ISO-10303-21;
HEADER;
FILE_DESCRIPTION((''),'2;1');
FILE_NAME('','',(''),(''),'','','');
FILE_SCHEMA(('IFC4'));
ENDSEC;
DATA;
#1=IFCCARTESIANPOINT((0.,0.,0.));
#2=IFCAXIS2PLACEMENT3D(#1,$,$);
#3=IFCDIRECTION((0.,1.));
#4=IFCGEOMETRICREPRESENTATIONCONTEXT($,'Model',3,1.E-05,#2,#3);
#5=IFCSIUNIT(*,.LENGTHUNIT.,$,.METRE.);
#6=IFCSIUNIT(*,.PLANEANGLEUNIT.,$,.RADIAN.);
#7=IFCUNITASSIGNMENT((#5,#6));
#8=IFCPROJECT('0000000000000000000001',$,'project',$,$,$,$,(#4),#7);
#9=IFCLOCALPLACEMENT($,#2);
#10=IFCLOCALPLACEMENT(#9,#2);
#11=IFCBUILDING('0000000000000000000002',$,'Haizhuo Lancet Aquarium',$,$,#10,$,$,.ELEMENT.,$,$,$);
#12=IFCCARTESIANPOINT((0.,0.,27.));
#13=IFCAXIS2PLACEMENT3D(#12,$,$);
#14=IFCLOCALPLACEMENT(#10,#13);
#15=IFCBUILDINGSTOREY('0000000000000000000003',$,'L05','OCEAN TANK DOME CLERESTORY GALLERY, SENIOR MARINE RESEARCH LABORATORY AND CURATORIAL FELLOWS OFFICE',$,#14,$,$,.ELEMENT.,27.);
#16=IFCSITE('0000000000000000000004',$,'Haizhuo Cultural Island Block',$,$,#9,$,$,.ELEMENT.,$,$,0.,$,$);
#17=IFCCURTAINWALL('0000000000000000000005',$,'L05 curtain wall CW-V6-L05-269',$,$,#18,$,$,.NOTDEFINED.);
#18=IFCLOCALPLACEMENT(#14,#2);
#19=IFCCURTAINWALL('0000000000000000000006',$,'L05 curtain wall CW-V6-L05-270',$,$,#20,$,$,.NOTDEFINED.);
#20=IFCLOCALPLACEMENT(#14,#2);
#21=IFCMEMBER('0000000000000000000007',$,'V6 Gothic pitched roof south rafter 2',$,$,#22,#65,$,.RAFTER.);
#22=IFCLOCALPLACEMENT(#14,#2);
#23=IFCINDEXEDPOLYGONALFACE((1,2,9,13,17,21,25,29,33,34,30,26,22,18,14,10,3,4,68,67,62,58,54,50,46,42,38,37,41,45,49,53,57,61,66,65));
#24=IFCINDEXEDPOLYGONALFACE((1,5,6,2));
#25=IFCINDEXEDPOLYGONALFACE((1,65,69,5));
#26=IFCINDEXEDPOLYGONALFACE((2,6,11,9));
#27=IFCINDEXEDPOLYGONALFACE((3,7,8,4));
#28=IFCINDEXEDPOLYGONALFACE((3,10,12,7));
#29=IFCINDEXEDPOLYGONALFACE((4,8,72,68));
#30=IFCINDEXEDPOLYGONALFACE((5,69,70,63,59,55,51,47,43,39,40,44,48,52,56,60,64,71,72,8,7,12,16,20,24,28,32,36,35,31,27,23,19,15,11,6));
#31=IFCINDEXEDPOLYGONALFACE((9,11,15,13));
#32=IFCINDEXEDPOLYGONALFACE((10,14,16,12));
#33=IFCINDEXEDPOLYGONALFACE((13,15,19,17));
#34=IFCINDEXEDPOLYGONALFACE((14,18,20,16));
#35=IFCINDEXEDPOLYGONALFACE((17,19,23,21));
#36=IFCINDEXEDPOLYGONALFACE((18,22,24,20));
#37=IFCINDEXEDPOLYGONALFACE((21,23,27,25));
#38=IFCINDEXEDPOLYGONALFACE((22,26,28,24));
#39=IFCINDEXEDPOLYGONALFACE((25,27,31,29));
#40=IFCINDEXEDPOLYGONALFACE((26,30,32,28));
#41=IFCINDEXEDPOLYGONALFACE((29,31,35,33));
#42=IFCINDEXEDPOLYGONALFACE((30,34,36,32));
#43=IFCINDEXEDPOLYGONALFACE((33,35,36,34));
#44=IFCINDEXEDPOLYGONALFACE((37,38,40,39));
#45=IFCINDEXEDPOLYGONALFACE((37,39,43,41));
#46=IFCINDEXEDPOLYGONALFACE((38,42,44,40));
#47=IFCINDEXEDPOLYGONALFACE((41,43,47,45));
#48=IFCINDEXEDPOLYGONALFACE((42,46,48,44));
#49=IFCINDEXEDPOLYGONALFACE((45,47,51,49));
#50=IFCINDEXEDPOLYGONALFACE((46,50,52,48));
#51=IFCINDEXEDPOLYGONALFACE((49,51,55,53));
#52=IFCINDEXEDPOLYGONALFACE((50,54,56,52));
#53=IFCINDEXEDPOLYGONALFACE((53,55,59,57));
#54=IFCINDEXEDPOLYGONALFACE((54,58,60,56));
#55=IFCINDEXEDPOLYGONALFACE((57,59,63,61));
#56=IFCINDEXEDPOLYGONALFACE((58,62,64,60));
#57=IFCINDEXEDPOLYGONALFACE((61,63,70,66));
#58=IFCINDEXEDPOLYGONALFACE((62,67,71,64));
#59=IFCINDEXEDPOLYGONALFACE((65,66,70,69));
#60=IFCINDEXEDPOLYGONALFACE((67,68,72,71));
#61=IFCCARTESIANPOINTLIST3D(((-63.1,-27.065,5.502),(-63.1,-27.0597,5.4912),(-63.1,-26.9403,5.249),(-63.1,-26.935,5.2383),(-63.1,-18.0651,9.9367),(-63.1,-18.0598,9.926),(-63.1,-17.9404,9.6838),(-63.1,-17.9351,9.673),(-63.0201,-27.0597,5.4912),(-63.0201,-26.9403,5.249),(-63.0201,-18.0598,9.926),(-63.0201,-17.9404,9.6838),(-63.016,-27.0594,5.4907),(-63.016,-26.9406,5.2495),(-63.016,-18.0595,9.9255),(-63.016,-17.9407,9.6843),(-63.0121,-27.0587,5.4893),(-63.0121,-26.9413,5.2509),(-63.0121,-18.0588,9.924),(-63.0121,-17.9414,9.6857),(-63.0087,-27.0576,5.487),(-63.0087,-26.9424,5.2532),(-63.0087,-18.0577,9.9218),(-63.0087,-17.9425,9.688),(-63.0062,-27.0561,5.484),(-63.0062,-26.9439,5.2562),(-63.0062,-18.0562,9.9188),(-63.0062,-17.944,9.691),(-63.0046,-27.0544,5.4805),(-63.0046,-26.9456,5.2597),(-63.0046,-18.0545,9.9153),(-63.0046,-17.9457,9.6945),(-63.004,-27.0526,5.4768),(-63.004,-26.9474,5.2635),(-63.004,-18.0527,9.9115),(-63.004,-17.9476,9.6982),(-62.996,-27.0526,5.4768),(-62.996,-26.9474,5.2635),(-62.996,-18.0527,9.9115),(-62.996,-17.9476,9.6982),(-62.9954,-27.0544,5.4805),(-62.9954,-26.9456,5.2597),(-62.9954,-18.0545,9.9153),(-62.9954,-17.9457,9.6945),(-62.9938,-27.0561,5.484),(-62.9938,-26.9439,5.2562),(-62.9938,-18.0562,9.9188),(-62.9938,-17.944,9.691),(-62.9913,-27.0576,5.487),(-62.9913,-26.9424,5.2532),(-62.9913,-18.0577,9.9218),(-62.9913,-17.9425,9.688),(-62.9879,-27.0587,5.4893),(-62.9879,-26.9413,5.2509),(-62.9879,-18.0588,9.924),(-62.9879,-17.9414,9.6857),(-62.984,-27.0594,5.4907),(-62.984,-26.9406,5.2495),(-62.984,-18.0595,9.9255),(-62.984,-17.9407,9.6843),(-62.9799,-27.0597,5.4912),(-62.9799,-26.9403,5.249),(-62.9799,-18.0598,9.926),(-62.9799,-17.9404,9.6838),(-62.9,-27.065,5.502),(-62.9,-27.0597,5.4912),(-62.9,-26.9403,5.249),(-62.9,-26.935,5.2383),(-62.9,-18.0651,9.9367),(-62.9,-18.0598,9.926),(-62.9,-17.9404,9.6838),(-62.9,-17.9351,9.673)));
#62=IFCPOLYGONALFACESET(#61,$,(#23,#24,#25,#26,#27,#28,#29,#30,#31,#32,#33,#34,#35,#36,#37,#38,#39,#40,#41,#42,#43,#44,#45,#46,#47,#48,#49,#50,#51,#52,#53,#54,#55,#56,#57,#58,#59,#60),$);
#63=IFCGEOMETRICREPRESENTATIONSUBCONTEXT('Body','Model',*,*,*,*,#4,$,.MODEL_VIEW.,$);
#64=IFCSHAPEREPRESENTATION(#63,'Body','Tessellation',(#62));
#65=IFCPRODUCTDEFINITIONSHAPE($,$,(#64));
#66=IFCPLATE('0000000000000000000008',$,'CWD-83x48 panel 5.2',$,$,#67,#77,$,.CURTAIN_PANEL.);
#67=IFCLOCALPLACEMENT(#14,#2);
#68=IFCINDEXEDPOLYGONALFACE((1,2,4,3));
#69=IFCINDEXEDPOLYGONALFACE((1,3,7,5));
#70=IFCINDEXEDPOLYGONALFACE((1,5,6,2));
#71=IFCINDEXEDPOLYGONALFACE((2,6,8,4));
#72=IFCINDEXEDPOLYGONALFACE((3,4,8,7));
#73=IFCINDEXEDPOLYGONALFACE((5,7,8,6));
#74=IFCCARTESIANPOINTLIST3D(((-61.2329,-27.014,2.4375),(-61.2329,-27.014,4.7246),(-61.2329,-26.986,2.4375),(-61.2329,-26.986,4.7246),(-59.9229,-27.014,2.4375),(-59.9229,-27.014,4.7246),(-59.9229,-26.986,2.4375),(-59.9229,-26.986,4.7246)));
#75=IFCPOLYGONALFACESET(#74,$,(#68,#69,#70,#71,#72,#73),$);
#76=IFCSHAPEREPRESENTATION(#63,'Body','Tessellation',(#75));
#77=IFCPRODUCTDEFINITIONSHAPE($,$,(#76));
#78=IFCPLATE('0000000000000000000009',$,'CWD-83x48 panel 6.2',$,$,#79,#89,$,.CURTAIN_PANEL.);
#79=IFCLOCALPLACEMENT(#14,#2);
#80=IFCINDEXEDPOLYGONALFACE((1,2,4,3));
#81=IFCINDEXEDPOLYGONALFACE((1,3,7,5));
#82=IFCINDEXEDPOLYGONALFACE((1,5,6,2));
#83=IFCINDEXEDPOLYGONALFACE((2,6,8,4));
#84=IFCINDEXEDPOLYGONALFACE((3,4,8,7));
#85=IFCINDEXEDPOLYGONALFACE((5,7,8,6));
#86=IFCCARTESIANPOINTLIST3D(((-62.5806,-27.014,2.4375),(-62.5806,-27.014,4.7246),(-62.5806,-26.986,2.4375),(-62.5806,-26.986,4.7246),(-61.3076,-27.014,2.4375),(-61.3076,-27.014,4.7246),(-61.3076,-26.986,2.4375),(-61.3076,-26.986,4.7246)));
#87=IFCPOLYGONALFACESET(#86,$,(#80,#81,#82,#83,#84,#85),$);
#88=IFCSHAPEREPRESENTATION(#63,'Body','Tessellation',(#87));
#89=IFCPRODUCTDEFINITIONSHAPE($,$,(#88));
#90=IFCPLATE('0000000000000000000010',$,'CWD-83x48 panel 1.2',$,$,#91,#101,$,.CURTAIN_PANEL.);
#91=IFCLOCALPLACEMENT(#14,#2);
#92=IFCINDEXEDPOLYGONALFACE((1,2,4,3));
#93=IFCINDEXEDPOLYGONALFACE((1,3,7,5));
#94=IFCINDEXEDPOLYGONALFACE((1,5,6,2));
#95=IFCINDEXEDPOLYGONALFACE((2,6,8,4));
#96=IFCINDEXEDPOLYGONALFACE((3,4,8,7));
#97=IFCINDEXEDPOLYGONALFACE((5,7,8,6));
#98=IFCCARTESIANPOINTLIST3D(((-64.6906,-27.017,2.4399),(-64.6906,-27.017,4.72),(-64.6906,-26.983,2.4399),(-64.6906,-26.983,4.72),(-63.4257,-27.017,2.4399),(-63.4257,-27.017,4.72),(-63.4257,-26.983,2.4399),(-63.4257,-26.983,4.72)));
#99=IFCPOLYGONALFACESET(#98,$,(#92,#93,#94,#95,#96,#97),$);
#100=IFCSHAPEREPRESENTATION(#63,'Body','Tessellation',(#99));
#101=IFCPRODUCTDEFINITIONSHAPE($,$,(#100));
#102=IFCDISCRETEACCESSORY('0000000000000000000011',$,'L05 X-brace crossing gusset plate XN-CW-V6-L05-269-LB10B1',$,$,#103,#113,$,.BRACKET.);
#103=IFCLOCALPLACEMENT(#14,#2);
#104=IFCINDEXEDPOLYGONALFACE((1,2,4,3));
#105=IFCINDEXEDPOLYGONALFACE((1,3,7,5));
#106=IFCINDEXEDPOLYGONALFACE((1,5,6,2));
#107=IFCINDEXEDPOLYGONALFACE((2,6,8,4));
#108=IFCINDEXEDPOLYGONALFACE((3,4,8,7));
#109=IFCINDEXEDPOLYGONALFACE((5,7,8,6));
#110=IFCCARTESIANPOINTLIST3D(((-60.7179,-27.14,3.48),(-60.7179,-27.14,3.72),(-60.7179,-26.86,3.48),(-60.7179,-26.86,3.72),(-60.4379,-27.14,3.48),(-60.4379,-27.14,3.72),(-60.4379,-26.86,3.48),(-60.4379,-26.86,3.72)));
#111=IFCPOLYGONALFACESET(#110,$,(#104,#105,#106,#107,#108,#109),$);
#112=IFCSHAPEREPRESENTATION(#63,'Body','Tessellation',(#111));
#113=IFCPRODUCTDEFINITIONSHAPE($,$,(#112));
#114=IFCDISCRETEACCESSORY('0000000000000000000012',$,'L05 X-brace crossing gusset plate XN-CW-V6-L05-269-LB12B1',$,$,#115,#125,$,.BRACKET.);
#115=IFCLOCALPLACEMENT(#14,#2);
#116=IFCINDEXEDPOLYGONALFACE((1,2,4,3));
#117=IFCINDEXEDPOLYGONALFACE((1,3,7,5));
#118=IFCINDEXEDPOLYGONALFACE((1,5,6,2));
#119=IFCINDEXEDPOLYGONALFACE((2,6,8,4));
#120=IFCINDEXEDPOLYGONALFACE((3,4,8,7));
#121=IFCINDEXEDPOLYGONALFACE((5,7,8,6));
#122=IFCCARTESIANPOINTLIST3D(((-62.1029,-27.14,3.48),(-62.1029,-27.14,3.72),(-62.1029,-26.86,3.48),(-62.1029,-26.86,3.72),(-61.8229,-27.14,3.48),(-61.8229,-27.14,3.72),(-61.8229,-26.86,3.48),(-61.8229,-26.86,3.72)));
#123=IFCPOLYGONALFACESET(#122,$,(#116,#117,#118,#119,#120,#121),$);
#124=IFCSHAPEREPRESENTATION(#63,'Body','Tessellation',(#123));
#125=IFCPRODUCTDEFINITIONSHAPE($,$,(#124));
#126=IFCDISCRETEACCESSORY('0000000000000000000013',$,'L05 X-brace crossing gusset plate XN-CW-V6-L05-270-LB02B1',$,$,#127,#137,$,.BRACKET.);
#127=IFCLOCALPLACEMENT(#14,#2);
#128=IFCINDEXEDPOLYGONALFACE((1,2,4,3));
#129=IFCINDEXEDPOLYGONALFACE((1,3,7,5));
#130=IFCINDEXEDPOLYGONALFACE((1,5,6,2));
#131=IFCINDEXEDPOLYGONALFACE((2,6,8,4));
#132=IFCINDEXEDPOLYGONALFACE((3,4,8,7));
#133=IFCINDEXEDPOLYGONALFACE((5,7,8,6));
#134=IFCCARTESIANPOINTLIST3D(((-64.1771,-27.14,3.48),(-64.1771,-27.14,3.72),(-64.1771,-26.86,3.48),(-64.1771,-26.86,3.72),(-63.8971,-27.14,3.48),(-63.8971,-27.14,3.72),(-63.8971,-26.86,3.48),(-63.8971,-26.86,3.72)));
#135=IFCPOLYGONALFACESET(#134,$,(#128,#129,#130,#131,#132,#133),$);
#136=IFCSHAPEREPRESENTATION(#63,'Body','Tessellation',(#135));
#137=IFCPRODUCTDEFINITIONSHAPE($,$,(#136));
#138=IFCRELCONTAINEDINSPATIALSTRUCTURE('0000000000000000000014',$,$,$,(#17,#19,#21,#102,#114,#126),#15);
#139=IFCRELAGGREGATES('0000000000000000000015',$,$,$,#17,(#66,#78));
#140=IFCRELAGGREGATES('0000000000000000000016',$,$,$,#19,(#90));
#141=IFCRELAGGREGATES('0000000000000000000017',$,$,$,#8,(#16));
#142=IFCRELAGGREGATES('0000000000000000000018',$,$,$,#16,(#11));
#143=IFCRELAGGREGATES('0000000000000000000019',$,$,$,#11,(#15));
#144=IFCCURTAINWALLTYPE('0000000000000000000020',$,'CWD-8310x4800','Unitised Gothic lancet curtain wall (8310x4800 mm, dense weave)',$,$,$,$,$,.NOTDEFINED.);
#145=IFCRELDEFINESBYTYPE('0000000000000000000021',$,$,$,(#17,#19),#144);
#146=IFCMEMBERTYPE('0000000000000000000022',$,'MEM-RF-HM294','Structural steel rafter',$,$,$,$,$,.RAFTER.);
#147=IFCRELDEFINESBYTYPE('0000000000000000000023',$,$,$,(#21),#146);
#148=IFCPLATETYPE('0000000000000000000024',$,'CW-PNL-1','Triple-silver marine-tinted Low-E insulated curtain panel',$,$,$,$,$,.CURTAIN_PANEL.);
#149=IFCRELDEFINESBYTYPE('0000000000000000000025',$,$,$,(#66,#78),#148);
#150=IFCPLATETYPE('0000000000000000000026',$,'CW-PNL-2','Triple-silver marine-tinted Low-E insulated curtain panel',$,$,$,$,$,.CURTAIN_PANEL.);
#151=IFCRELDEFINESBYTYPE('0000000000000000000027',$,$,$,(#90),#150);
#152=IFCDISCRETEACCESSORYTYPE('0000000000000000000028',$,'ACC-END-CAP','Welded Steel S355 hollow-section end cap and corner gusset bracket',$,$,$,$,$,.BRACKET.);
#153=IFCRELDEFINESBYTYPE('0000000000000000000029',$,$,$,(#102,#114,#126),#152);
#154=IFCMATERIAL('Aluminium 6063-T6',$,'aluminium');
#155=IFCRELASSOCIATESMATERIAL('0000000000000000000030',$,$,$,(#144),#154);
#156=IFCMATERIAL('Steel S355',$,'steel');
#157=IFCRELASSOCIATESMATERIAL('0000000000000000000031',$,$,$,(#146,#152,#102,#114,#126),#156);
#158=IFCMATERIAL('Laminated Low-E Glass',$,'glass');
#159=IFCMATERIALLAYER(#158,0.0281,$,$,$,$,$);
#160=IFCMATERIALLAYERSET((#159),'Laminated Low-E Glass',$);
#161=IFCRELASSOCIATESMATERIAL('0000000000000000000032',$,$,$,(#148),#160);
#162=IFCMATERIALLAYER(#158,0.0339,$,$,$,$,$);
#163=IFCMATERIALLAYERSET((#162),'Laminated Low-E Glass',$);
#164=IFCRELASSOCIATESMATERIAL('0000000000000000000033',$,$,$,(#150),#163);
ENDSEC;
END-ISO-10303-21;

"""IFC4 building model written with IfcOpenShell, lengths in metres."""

from ifc_helpers import new_model, si_unit, direction, frame, origin, origin_2d, place, context, subcontext, project, spatial, rectangle, i_section, extrude, material, layer, layer_set, material_profile, profile_set, type_object, element, aggregate, save


model = new_model("IFC4")

# Units and contexts
model_context = context("Model", 3, precision=1e-05, world=origin(), true_north=direction((0.0, 1.0)))
body_context = subcontext(model_context, "Body", "Model", "MODEL_VIEW")
ifc_project = project(units=[si_unit("LENGTHUNIT", "METRE"), si_unit("PLANEANGLEUNIT", "RADIAN")], contexts=[model_context])

# Site, building, storey
site_placement = place(None, origin())
site = spatial("IfcSite", under=ifc_project, at=site_placement, Name="Haizhuo Cultural Island Block", CompositionType="ELEMENT", RefElevation=0.0)
building_placement = place(site_placement, origin())
building = spatial("IfcBuilding", under=site, at=building_placement, Name="Haizhuo Lancet Aquarium", CompositionType="ELEMENT")
storey_placement = place(building_placement, frame((0.0, 0.0, 27.0)))
storey = spatial("IfcBuildingStorey", under=building, at=storey_placement, Name="L05", Description="OCEAN TANK DOME CLERESTORY GALLERY, SENIOR MARINE RESEARCH LABORATORY AND CURATORIAL FELLOWS OFFICE", CompositionType="ELEMENT", Elevation=27.0)

# Shared definitions
ifc_material_1 = material(Name="Steel S355", Category="steel")

# Curtain walls
ifc_material_2 = material(Name="Aluminium 6063-T6", Category="aluminium")
curtain_wall_type = type_object("IfcCurtainWallType", Name="CWD-8310x4800", Description="Unitised Gothic lancet curtain wall (8310x4800 mm, dense weave)", PredefinedType="NOTDEFINED", material=ifc_material_2)
curtain_wall_1_placement = place(storey_placement, origin())
curtain_wall_1 = element("IfcCurtainWall", 1, at=curtain_wall_1_placement, inside=storey, type_object=curtain_wall_type, Name="L05 curtain wall CW-V6-L05-269", PredefinedType="NOTDEFINED")
curtain_wall_2_placement = place(storey_placement, origin())
curtain_wall_2 = element("IfcCurtainWall", 2, at=curtain_wall_2_placement, inside=storey, type_object=curtain_wall_type, Name="L05 curtain wall CW-V6-L05-270", PredefinedType="NOTDEFINED")

# Member
ifc_material_profile_1 = material_profile(ifc_material_1, i_section(OverallWidth=0.2, OverallDepth=0.2939, WebThickness=0.0081, FlangeThickness=0.012, FilletRadius=0.0161, at=origin_2d()), Name="HM 294x200x8x12")
ifc_profile_set_1 = profile_set([ifc_material_profile_1], Name="Steel S355")
member_type_1 = type_object("IfcMemberType", Name="MEM-RF-HM294", Description="Structural steel rafter", PredefinedType="RAFTER", material=ifc_profile_set_1)
member_1_placement = place(storey_placement, frame((-63.0, -27.0, 5.3701), z_axis=(0.0, 0.897011, 0.442009), x_axis=(-1.0, 0.0, 0.0)))
element("IfcMember", 3, at=member_1_placement, inside=storey, type_object=member_type_1, Name="V6 Gothic pitched roof south rafter 2", PredefinedType="RAFTER", context=body_context, shape_type="SweptSolid", body=[
    extrude(i_section(OverallWidth=0.2, OverallDepth=0.2939, WebThickness=0.0081, FlangeThickness=0.012, FilletRadius=0.0161, at=origin_2d()), origin(), (0.0, 0.0, 1.0), 10.0332),
])

# Plates
ifc_material_3 = material(Name="Laminated Low-E Glass", Category="glass")
ifc_layer_1 = layer(ifc_material_3, 0.0281)
ifc_layer_set_1 = layer_set([ifc_layer_1], Name="Laminated Low-E Glass")
plate_type_1 = type_object("IfcPlateType", Name="CW-PNL-1", Description="Triple-silver marine-tinted Low-E insulated curtain panel", PredefinedType="CURTAIN_PANEL", material=ifc_layer_set_1)
plate_1_placement = place(storey_placement, frame((-60.5779, -27.0, 2.4375), z_axis=(0.0, 0.0, 1.0), x_axis=(-1.0, 0.0, 0.0)))
plate_1 = element("IfcPlate", 4, at=plate_1_placement, type_object=plate_type_1, Name="CWD-83x48 panel 5.2", PredefinedType="CURTAIN_PANEL", context=body_context, shape_type="SweptSolid", body=[
    extrude(rectangle(XDim=1.3101, YDim=0.0281, at=origin_2d()), origin(), (0.0, 0.0, 1.0), 2.2871),
])
plate_2_placement = place(storey_placement, frame((-61.9441, -27.0, 2.4375), z_axis=(0.0, 0.0, 1.0), x_axis=(-1.0, 0.0, 0.0)))
plate_2 = element("IfcPlate", 5, at=plate_2_placement, type_object=plate_type_1, Name="CWD-83x48 panel 6.2", PredefinedType="CURTAIN_PANEL", context=body_context, shape_type="SweptSolid", body=[
    extrude(rectangle(XDim=1.2729, YDim=0.0281, at=origin_2d()), origin(), (0.0, 0.0, 1.0), 2.2871),
])
aggregate(curtain_wall_1, [plate_1, plate_2])
ifc_layer_2 = layer(ifc_material_3, 0.0339)
ifc_layer_set_2 = layer_set([ifc_layer_2], Name="Laminated Low-E Glass")
plate_type_2 = type_object("IfcPlateType", Name="CW-PNL-2", Description="Triple-silver marine-tinted Low-E insulated curtain panel", PredefinedType="CURTAIN_PANEL", material=ifc_layer_set_2)
plate_3_placement = place(storey_placement, frame((-64.0581, -27.0, 2.4399), z_axis=(0.0, 0.0, 1.0), x_axis=(-1.0, 0.0, 0.0)))
plate_3 = element("IfcPlate", 6, at=plate_3_placement, type_object=plate_type_2, Name="CWD-83x48 panel 1.2", PredefinedType="CURTAIN_PANEL", context=body_context, shape_type="SweptSolid", body=[
    extrude(rectangle(XDim=1.2649, YDim=0.0339, at=origin_2d()), origin(), (0.0, 0.0, 1.0), 2.28),
])
aggregate(curtain_wall_2, [plate_3])

# Discrete accessories
discrete_accessory_type = type_object("IfcDiscreteAccessoryType", Name="ACC-END-CAP", Description="Welded Steel S355 hollow-section end cap and corner gusset bracket", PredefinedType="BRACKET", material=ifc_material_1)
for number, where, z_axis, x_axis, name in (
    (7, (-60.5779, -27.0, 3.48), (0.0, 0.0, 1.0), (1.0, 0.0, 0.0), "L05 X-brace crossing gusset plate XN-CW-V6-L05-269-LB10B1"),
    (8, (-61.9629, -27.0, 3.48), (0.0, 0.0, 1.0), (1.0, 0.0, 0.0), "L05 X-brace crossing gusset plate XN-CW-V6-L05-269-LB12B1"),
    (9, (-64.0371, -27.0, 3.48), (0.0, 0.0, 1.0), (1.0, 0.0, 0.0), "L05 X-brace crossing gusset plate XN-CW-V6-L05-270-LB02B1"),
):
    element("IfcDiscreteAccessory", number, at=place(storey_placement, frame(where, z_axis=z_axis, x_axis=x_axis)), inside=storey, type_object=discrete_accessory_type, material=ifc_material_1, Name=name, PredefinedType="BRACKET", context=body_context, shape_type="SweptSolid", body=[
        extrude(rectangle(XDim=0.28, YDim=0.28, at=origin_2d()), origin(), (0.0, 0.0, 1.0), 0.24),
    ])

save(model, "model.ifc")
